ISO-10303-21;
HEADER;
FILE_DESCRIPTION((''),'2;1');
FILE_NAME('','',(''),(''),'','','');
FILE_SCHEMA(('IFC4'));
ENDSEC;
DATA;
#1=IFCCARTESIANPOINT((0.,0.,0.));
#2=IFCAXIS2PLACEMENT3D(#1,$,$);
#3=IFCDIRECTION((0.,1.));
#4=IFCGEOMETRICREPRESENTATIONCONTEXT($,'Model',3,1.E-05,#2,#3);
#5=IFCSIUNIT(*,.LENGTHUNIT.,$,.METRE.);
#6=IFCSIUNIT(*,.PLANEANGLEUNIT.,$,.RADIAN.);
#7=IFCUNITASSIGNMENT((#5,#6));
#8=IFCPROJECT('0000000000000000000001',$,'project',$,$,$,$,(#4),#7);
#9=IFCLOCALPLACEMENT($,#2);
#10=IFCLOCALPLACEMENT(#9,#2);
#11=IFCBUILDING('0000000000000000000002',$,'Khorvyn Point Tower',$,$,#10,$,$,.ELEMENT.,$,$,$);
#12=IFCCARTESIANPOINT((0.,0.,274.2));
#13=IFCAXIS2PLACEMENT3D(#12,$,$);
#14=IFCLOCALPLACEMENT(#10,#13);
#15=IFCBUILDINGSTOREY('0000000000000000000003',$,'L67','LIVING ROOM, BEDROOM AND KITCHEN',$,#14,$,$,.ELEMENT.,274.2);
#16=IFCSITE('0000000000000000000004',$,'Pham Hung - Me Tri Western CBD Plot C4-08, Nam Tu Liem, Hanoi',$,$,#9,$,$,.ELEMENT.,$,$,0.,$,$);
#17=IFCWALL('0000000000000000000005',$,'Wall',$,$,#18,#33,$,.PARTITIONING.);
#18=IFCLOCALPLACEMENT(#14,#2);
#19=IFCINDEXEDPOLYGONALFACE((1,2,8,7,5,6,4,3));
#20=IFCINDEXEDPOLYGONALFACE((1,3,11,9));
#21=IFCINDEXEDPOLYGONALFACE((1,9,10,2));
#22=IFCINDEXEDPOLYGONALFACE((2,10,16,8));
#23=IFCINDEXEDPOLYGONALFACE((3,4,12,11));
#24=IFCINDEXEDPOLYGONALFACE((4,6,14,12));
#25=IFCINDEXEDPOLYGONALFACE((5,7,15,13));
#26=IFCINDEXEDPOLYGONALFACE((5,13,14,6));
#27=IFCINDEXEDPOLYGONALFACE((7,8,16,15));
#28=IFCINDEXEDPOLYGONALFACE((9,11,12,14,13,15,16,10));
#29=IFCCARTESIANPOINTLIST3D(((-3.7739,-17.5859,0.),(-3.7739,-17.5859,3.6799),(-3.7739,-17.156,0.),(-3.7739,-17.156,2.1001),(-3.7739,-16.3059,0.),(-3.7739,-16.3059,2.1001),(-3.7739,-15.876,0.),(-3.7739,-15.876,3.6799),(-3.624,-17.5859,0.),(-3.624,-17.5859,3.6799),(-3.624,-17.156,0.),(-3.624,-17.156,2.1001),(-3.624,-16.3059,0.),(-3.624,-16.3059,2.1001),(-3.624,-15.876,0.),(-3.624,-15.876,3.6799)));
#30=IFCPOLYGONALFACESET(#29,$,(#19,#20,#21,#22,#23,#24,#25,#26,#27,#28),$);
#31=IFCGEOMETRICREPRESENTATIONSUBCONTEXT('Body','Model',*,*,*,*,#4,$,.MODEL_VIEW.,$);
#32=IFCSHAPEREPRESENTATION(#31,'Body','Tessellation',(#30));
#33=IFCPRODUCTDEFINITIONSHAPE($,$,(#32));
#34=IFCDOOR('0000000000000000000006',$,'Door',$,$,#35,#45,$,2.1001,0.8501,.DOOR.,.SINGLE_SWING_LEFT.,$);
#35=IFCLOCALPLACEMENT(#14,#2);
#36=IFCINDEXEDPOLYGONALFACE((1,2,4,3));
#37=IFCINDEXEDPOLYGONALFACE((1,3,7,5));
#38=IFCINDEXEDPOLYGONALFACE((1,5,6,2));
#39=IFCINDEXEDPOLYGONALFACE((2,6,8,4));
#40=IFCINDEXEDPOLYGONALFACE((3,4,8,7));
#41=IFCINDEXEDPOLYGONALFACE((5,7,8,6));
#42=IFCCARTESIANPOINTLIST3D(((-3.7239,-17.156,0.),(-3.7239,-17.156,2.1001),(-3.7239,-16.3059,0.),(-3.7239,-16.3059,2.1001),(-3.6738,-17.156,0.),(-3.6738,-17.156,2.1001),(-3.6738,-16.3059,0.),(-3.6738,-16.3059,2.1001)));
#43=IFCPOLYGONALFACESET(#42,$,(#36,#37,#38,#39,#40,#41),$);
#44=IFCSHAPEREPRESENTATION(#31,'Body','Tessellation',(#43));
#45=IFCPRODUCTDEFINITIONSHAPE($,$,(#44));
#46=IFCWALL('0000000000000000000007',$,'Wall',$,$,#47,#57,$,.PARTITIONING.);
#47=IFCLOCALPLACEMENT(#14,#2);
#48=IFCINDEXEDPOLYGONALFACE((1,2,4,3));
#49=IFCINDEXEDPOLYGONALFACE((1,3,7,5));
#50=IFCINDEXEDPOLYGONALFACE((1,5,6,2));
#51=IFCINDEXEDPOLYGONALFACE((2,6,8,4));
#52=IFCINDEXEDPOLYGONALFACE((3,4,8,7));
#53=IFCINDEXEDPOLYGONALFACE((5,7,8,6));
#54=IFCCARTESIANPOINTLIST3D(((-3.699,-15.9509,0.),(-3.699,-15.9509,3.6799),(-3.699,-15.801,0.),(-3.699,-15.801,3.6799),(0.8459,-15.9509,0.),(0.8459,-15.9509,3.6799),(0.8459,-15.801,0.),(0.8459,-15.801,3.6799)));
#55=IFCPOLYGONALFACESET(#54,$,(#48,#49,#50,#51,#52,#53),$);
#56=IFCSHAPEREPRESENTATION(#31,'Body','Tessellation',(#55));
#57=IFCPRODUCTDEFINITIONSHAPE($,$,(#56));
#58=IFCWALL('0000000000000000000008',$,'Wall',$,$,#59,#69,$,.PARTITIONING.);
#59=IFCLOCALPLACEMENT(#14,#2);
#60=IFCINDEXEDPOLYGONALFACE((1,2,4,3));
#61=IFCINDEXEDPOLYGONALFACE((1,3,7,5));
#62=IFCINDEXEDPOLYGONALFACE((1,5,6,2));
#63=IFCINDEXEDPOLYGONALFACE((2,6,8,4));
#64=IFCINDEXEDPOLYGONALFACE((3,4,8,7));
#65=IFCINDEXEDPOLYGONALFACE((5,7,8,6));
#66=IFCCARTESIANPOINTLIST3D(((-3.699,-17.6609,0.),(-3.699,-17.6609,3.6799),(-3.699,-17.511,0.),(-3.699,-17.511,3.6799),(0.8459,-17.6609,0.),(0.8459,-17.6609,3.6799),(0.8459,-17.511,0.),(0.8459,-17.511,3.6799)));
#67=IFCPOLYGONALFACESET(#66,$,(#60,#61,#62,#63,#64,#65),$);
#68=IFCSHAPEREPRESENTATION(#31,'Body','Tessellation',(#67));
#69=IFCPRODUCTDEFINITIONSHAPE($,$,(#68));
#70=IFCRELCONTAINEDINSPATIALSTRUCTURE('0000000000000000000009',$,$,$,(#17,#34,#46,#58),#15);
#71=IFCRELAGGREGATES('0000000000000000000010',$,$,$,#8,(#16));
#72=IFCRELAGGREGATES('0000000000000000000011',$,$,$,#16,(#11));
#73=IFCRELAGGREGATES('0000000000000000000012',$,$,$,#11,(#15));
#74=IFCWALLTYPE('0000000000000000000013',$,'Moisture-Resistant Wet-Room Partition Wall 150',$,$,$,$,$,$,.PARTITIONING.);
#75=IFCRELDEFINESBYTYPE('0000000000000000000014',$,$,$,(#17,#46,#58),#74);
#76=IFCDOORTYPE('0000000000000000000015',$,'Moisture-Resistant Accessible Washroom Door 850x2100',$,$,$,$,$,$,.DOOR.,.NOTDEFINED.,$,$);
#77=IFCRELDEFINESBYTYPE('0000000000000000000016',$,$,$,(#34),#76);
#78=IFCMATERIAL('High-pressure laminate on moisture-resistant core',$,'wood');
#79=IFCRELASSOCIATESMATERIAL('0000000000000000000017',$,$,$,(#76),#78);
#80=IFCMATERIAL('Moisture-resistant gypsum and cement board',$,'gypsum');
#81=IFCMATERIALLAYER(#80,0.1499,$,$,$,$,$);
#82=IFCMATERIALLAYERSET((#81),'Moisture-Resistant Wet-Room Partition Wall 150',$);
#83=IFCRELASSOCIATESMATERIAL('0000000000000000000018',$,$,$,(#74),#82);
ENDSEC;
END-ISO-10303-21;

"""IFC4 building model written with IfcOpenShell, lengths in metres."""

from ifc_helpers import new_model, si_unit, direction, frame, frame_2d, origin, place, context, subcontext, project, spatial, rectangle, extrude, material, layer, layer_set, type_object, element, fill, save


model = new_model("IFC4")

# Units and contexts
model_context = context("Model", 3, precision=1e-05, world=origin(), true_north=direction((0.0, 1.0)))
body_context = subcontext(model_context, "Body", "Model", "MODEL_VIEW")
ifc_project = project(units=[si_unit("LENGTHUNIT", "METRE"), si_unit("PLANEANGLEUNIT", "RADIAN")], contexts=[model_context])

# Site, building, storey
site_placement = place(None, origin())
site = spatial("IfcSite", under=ifc_project, at=site_placement, Name="Pham Hung - Me Tri Western CBD Plot C4-08, Nam Tu Liem, Hanoi", CompositionType="ELEMENT", RefElevation=0.0)
building_placement = place(site_placement, origin())
building = spatial("IfcBuilding", under=site, at=building_placement, Name="Khorvyn Point Tower", CompositionType="ELEMENT")
storey_placement = place(building_placement, frame((0.0, 0.0, 274.2)))
storey = spatial("IfcBuildingStorey", under=building, at=storey_placement, Name="L67", Description="LIVING ROOM, BEDROOM AND KITCHEN", CompositionType="ELEMENT", Elevation=274.2)

# Wall, opening, door
ifc_material_1 = material(Name="High-pressure laminate on moisture-resistant core", Category="wood")
door_type_1 = type_object("IfcDoorType", Name="Moisture-Resistant Accessible Washroom Door 850x2100", OperationType="NOTDEFINED", PredefinedType="DOOR", material=ifc_material_1)
ifc_material_2 = material(Name="Moisture-resistant gypsum and cement board", Category="gypsum")
ifc_layer_1 = layer(ifc_material_2, 0.1499)
ifc_layer_set_1 = layer_set([ifc_layer_1], Name="Moisture-Resistant Wet-Room Partition Wall 150")
wall_type_1 = type_object("IfcWallType", Name="Moisture-Resistant Wet-Room Partition Wall 150", PredefinedType="PARTITIONING", material=ifc_layer_set_1)
wall_1_placement = place(storey_placement, frame((-3.699, -17.5859, 0.0), z_axis=(0.0, 0.0, 1.0), x_axis=(0.0, 1.0, 0.0)))
wall_1 = element("IfcWall", 1, at=wall_1_placement, inside=storey, type_object=wall_type_1, Name="Wall", PredefinedType="PARTITIONING", context=body_context, shape_type="SweptSolid", body=[
    extrude(rectangle(XDim=1.71, YDim=0.1499, at=frame_2d((0.855, 0.0))), origin(), (0.0, 0.0, 1.0), 3.6799),
])
opening_1_placement = place(wall_1_placement, frame((0.4299, 0.0, 0.0)))
opening_1 = element("IfcOpeningElement", 2, at=opening_1_placement, cuts=wall_1, PredefinedType="OPENING", context=body_context, shape_type="SweptSolid", body=[
    extrude(rectangle(XDim=0.8501, YDim=2.1001, at=frame_2d((0.425, 1.05))), frame((0.0, 0.085, 0.0), z_axis=(0.0, -1.0, 0.0), x_axis=(1.0, 0.0, 0.0)), (0.0, 0.0, 1.0), 0.1699),
])
door_1_placement = place(opening_1_placement, origin())
door_1 = element("IfcDoor", 3, at=door_1_placement, inside=storey, type_object=door_type_1, Name="Door", OperationType="SINGLE_SWING_LEFT", OverallHeight=2.1001, OverallWidth=0.8501, PredefinedType="DOOR", context=body_context, shape_type="SweptSolid", body=[
    extrude(rectangle(XDim=0.8501, YDim=2.1001, at=frame_2d((0.425, 1.05))), frame((0.0, 0.0249, 0.0), z_axis=(0.0, -1.0, 0.0), x_axis=(1.0, 0.0, 0.0)), (0.0, 0.0, 1.0), 0.05),
])
fill(opening_1, door_1)

# Walls
for number, where, z_axis, x_axis, name in (
    (4, (-3.699, -15.876, 0.0), (0.0, 0.0, 1.0), (1.0, 0.0, 0.0), "Wall"),
    (5, (-3.699, -17.5859, 0.0), (0.0, 0.0, 1.0), (1.0, 0.0, 0.0), "Wall"),
):
    element("IfcWall", number, at=place(storey_placement, frame(where, z_axis=z_axis, x_axis=x_axis)), inside=storey, type_object=wall_type_1, Name=name, PredefinedType="PARTITIONING", context=body_context, shape_type="SweptSolid", body=[
        extrude(rectangle(XDim=4.5449, YDim=0.1499, at=frame_2d((2.2725, 0.0))), origin(), (0.0, 0.0, 1.0), 3.6799),
    ])

save(model, "model.ifc")
